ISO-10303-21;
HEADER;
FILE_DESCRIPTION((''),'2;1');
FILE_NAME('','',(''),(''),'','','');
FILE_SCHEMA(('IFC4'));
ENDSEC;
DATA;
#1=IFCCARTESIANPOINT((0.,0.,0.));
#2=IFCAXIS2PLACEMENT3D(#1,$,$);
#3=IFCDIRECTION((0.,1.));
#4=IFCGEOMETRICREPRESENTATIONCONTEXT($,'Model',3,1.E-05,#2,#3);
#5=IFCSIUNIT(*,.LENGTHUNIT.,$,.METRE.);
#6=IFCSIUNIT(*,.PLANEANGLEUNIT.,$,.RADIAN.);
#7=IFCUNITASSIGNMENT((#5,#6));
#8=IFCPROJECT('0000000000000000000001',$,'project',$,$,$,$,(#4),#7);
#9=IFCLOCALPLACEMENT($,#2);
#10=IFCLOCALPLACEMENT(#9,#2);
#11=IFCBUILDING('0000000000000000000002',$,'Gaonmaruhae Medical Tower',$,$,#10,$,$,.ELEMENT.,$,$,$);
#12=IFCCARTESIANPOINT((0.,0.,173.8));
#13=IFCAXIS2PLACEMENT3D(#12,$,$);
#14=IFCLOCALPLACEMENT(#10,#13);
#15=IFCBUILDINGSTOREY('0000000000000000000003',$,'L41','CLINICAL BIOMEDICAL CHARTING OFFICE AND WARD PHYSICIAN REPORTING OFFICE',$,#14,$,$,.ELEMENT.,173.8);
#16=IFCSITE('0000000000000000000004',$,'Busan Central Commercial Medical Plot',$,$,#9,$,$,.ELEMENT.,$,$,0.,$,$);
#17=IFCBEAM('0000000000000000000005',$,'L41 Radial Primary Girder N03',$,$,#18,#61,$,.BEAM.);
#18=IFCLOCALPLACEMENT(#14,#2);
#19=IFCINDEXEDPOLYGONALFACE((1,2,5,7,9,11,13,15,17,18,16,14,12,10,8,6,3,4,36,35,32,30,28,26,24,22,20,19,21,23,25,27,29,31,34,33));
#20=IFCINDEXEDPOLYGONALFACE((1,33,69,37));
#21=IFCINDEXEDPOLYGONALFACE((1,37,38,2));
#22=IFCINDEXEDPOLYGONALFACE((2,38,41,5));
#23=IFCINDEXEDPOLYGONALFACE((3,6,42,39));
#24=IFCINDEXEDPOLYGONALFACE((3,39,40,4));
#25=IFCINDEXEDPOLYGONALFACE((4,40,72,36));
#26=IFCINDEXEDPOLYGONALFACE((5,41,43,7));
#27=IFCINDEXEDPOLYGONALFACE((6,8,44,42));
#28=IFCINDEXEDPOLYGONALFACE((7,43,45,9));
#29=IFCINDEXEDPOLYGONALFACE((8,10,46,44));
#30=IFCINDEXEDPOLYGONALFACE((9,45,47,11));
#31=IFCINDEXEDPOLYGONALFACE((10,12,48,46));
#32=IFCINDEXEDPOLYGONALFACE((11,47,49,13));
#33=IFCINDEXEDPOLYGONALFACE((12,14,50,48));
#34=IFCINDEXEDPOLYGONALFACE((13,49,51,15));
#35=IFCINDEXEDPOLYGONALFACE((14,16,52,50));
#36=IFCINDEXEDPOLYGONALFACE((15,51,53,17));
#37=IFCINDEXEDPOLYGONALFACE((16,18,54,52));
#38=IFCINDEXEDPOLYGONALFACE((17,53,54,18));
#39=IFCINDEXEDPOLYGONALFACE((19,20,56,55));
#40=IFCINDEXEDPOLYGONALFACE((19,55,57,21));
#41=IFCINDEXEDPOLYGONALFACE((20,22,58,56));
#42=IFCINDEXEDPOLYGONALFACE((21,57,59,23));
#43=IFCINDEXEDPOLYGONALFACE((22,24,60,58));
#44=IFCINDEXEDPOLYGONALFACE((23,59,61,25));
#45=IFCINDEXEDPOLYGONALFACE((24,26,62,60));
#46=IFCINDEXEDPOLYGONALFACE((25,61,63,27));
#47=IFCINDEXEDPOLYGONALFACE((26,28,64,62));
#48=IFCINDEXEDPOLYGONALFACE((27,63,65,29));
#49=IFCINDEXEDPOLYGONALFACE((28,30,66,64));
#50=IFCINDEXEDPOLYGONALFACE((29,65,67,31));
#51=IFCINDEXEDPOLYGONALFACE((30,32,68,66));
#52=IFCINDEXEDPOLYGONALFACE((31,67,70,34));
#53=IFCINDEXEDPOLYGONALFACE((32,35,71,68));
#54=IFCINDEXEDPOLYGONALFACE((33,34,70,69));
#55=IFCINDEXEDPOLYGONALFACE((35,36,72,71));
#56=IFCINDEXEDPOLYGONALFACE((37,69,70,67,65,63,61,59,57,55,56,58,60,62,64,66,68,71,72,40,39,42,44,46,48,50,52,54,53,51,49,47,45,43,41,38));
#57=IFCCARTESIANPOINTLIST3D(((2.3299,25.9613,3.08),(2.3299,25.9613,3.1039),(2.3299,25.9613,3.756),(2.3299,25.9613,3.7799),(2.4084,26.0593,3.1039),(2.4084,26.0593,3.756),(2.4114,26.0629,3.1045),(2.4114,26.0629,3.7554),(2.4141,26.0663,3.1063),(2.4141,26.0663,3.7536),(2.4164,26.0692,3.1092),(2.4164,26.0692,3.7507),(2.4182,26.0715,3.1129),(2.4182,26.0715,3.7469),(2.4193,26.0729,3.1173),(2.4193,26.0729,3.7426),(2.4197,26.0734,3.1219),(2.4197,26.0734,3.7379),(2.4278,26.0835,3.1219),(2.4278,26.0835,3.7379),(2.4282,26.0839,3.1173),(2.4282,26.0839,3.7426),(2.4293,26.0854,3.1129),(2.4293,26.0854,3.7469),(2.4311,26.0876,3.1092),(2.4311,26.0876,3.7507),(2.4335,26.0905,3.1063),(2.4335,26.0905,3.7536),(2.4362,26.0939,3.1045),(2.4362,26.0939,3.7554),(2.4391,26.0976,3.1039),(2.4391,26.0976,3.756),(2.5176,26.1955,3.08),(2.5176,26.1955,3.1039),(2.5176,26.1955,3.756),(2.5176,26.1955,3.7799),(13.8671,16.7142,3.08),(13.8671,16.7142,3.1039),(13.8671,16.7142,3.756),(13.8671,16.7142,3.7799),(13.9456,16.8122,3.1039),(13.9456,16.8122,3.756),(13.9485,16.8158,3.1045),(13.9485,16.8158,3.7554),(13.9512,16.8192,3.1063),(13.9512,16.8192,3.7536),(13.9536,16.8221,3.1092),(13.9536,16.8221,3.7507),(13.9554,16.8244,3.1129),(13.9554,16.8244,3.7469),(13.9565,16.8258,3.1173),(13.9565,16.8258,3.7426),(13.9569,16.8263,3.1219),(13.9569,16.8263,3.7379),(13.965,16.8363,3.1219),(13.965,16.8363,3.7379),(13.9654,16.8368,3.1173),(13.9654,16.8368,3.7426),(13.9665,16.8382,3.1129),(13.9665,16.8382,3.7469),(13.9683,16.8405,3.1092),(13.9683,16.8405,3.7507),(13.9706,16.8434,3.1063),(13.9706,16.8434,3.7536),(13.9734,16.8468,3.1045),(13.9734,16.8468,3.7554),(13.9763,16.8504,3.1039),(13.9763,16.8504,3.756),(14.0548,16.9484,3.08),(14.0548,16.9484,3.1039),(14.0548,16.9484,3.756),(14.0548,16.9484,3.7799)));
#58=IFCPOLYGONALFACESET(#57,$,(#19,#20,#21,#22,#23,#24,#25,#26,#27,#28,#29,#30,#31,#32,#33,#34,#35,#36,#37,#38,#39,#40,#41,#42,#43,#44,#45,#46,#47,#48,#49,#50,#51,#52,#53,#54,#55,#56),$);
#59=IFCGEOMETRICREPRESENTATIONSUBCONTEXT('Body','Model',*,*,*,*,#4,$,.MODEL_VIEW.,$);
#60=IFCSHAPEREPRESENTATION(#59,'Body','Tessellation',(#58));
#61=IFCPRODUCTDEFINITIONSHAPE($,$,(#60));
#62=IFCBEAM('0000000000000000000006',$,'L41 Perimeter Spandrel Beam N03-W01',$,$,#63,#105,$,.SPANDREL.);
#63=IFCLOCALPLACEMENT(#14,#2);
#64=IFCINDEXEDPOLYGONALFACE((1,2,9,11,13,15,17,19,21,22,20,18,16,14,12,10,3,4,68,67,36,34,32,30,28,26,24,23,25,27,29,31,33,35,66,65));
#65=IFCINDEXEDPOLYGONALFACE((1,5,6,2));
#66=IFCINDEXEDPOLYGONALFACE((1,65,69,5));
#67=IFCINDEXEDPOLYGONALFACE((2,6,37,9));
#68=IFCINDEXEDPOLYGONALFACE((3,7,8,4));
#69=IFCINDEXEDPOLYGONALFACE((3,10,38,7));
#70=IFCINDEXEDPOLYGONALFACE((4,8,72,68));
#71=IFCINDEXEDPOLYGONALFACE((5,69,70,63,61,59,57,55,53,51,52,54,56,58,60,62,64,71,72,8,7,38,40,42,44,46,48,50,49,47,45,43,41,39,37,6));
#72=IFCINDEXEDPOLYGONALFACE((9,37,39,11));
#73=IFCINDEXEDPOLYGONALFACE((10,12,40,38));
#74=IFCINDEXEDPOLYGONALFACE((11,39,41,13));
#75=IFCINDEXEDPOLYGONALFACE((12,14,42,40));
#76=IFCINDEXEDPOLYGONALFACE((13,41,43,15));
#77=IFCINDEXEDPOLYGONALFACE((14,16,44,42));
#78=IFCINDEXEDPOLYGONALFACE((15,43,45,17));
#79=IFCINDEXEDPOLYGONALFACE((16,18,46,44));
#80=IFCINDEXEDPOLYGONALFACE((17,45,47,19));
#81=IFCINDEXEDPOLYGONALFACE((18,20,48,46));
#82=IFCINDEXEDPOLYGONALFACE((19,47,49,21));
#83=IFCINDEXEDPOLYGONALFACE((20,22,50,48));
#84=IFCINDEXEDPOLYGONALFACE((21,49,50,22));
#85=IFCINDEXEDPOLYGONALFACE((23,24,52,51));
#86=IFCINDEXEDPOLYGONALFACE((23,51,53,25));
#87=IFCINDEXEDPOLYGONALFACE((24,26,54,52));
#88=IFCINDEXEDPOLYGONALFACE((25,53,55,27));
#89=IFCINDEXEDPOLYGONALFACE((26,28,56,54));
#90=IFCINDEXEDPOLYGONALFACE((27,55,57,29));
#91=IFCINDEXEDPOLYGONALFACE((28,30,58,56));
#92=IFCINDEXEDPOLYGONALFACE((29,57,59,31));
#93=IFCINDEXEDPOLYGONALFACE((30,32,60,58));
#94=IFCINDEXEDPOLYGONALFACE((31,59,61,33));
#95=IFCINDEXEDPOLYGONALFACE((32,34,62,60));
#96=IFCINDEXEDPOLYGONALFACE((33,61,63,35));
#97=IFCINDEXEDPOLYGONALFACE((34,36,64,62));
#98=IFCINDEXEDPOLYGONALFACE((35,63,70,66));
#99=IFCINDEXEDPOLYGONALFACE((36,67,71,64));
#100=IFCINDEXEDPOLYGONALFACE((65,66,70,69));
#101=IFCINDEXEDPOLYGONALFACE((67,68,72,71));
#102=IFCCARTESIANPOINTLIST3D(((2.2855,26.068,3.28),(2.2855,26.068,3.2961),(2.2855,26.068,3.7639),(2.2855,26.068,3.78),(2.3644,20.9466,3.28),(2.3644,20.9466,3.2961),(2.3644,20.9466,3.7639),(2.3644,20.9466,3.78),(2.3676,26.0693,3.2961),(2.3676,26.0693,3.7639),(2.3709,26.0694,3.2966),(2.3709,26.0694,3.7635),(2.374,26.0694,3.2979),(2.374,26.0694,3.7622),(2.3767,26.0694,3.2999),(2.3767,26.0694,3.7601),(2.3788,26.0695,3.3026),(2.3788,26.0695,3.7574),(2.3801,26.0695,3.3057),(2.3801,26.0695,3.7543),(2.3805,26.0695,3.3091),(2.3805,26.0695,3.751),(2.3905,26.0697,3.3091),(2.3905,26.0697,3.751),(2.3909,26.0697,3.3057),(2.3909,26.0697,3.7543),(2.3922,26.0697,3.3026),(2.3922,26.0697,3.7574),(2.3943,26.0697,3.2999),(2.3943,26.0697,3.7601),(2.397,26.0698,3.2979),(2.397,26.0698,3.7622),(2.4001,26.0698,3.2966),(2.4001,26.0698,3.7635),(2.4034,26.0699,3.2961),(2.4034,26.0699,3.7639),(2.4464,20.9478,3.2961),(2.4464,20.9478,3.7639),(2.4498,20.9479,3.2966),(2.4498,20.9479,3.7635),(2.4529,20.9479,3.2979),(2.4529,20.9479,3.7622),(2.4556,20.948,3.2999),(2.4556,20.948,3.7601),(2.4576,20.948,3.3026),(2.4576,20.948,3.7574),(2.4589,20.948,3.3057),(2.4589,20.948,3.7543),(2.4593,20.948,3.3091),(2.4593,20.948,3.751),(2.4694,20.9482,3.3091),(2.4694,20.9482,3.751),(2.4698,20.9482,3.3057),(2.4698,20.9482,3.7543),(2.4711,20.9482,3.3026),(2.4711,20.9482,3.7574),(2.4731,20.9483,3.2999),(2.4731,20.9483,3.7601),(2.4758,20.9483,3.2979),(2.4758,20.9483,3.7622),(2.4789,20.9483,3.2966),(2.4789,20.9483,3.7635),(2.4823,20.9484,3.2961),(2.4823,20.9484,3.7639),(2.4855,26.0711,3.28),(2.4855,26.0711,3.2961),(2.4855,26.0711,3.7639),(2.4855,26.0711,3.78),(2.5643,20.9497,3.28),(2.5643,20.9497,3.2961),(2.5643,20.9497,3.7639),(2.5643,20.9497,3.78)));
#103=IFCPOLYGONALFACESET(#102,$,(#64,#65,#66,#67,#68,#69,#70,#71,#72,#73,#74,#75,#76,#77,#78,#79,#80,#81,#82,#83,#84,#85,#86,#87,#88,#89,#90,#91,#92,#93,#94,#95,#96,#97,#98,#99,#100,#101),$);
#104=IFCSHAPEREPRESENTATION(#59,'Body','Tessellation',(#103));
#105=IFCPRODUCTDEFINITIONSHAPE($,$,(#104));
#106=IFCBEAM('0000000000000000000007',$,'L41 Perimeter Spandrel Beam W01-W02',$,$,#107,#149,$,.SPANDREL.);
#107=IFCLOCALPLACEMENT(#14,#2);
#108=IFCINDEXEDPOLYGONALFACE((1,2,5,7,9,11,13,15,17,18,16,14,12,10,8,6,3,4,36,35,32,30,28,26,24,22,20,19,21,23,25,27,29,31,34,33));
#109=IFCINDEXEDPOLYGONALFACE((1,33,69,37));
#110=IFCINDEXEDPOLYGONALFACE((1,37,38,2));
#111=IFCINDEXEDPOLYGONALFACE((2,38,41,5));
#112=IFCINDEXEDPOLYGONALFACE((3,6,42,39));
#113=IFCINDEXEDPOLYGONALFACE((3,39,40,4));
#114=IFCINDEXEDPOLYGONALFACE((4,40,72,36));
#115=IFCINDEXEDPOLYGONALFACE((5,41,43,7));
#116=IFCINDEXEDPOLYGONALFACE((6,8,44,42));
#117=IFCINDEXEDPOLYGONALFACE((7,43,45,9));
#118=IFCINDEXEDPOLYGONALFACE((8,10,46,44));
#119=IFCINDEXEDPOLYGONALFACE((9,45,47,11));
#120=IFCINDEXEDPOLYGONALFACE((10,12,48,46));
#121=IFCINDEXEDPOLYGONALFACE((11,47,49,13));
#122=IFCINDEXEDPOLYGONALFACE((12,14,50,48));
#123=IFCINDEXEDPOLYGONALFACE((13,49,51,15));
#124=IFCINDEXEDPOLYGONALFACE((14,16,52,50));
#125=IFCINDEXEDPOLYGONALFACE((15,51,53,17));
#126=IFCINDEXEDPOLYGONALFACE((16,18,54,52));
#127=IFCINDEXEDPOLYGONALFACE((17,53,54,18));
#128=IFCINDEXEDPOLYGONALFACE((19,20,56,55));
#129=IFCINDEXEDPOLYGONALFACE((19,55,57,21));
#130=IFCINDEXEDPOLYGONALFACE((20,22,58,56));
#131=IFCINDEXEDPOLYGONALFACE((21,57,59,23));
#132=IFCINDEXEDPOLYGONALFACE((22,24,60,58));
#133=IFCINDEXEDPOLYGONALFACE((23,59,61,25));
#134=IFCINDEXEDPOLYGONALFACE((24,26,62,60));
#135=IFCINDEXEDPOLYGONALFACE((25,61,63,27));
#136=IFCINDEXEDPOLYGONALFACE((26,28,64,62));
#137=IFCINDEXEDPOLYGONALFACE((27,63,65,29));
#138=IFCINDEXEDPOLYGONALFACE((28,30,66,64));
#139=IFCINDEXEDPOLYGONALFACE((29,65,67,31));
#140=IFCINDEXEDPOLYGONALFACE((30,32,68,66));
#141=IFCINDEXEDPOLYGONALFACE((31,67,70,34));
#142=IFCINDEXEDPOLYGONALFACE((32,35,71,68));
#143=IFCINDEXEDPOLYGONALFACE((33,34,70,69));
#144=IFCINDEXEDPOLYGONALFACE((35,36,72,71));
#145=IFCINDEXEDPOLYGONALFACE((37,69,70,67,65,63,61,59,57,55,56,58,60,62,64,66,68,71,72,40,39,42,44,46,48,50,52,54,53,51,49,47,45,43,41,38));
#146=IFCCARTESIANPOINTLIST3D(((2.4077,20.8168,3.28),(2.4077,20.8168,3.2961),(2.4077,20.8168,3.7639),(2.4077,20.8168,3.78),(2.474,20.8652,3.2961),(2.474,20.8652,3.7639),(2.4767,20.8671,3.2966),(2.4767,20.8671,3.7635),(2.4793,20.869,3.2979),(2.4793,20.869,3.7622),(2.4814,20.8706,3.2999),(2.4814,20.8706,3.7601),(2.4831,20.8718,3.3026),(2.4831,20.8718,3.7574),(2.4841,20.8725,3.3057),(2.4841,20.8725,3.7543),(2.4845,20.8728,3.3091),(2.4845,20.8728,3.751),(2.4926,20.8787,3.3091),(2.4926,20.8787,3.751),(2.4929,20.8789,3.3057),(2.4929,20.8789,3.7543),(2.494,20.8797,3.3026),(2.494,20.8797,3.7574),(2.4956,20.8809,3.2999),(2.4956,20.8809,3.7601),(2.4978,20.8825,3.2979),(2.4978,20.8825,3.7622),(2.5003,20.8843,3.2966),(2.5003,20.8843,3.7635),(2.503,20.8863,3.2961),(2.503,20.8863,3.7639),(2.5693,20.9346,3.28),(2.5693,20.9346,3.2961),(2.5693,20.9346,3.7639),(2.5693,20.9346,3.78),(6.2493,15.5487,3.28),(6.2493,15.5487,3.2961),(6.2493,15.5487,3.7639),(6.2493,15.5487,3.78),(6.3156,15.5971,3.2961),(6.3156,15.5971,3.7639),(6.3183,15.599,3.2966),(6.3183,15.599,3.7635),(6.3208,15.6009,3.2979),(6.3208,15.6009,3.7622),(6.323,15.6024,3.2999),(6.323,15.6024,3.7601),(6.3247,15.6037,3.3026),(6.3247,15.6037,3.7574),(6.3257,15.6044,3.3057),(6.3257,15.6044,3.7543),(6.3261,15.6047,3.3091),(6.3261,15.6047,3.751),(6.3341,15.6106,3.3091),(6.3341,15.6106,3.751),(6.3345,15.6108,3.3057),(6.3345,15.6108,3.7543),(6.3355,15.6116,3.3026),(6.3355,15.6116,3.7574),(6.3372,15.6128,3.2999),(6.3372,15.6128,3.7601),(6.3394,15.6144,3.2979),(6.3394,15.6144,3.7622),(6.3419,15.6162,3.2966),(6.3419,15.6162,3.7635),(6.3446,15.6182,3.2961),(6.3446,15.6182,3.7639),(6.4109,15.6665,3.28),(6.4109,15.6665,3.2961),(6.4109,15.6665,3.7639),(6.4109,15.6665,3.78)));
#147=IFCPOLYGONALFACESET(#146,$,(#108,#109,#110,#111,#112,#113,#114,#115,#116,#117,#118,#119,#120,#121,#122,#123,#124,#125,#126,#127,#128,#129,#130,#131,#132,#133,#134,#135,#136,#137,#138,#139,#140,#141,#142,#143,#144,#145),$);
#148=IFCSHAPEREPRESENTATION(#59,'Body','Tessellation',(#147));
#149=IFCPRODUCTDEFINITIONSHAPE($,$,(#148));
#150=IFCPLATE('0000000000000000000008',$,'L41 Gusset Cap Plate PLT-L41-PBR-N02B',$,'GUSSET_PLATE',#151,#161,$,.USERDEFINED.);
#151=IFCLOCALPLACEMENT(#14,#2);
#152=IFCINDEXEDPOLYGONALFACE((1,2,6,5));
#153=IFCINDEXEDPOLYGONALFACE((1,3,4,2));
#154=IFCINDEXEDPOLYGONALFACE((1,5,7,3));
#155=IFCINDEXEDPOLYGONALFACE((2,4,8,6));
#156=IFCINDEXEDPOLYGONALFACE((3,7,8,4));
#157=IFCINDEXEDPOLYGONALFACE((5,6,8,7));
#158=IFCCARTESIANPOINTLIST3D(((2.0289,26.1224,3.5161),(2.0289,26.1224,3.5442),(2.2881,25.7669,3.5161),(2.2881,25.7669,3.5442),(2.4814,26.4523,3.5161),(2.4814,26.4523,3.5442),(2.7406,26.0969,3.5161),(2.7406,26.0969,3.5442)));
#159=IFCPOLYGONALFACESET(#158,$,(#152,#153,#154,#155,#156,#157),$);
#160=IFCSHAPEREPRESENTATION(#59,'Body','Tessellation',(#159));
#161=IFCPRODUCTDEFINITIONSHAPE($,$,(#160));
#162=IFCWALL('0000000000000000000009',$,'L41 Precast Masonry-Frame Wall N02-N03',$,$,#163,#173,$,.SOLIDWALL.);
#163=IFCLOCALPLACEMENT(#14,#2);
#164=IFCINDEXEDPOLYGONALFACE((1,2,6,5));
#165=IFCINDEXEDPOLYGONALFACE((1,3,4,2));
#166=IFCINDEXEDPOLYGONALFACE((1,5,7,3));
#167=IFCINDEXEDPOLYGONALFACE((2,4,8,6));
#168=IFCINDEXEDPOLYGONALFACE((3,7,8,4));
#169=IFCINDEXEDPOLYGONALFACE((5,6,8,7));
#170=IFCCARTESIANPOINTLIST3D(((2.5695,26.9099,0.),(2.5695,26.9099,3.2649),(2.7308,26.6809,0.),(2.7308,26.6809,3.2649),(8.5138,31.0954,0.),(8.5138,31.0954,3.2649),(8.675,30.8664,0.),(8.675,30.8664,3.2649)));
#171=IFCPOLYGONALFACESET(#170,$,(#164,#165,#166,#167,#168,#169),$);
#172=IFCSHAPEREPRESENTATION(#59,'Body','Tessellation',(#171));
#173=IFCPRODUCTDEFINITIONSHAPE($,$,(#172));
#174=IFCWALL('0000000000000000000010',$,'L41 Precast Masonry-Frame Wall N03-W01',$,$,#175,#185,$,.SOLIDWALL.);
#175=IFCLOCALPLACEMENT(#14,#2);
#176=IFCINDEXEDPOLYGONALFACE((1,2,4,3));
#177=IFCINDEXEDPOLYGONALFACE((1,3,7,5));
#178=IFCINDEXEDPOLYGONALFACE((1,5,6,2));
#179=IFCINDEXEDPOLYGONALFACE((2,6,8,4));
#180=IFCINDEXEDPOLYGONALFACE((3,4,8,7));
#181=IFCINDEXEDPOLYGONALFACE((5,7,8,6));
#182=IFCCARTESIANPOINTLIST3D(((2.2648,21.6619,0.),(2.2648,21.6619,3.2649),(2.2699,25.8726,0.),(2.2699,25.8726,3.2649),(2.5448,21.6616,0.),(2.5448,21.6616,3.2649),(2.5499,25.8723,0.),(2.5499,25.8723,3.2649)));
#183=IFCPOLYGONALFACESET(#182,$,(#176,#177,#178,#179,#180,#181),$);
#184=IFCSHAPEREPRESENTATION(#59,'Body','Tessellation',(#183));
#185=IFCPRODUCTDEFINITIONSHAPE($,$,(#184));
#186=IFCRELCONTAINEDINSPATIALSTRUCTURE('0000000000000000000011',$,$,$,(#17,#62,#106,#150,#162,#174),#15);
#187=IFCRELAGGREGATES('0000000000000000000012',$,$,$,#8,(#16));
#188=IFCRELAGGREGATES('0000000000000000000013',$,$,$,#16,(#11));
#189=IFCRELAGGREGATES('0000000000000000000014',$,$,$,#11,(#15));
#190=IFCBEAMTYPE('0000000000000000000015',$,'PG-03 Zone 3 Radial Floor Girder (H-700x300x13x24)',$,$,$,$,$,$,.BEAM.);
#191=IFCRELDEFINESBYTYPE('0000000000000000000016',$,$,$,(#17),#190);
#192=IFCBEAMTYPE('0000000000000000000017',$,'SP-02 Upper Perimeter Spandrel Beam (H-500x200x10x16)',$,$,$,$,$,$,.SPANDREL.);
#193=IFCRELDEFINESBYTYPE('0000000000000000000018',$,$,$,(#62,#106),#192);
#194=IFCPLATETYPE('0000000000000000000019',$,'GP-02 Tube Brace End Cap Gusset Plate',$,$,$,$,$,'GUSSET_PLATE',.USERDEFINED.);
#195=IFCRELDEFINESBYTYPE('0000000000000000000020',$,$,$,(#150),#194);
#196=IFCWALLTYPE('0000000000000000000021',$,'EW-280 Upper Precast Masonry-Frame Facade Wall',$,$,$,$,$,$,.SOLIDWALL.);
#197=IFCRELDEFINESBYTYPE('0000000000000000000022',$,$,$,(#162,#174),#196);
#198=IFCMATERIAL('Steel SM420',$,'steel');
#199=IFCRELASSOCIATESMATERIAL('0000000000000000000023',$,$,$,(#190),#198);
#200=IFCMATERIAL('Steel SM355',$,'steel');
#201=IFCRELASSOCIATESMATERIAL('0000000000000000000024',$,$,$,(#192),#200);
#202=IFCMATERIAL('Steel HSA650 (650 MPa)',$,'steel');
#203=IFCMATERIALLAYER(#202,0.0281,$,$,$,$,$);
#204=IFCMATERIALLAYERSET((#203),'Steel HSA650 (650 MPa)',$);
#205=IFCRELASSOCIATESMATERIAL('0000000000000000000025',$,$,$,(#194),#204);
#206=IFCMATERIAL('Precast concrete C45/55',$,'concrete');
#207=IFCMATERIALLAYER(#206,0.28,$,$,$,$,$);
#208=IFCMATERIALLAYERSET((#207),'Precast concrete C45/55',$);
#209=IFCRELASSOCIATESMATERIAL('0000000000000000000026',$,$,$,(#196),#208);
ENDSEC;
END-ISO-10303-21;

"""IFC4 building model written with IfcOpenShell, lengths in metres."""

from ifc_helpers import new_model, si_unit, direction, frame, frame_2d, origin, origin_2d, place, context, subcontext, project, spatial, rectangle, i_section, extrude, material, layer, layer_set, material_profile, profile_set, type_object, element, save


model = new_model("IFC4")

# Units and contexts
model_context = context("Model", 3, precision=1e-05, world=origin(), true_north=direction((0.0, 1.0)))
body_context = subcontext(model_context, "Body", "Model", "MODEL_VIEW")
ifc_project = project(units=[si_unit("LENGTHUNIT", "METRE"), si_unit("PLANEANGLEUNIT", "RADIAN")], contexts=[model_context])

# Site, building, storey
site_placement = place(None, origin())
site = spatial("IfcSite", under=ifc_project, at=site_placement, Name="Busan Central Commercial Medical Plot", CompositionType="ELEMENT", RefElevation=0.0)
building_placement = place(site_placement, origin())
building = spatial("IfcBuilding", under=site, at=building_placement, Name="Gaonmaruhae Medical Tower", CompositionType="ELEMENT")
storey_placement = place(building_placement, frame((0.0, 0.0, 173.8)))
storey = spatial("IfcBuildingStorey", under=building, at=storey_placement, Name="L41", Description="CLINICAL BIOMEDICAL CHARTING OFFICE AND WARD PHYSICIAN REPORTING OFFICE", CompositionType="ELEMENT", Elevation=173.8)

# Beams
ifc_material_1 = material(Name="Steel SM355", Category="steel")
ifc_material_2 = material(Name="Steel SM420", Category="steel")
ifc_material_profile_1 = material_profile(ifc_material_2, i_section(OverallWidth=0.3, OverallDepth=0.7, WebThickness=0.0129, FlangeThickness=0.0239, FilletRadius=0.0181, at=origin_2d()), Name="H-700x300x13x24")
ifc_profile_set_1 = profile_set([ifc_material_profile_1], Name="Steel SM420")
beam_type_1 = type_object("IfcBeamType", Name="PG-03 Zone 3 Radial Floor Girder (H-700x300x13x24)", PredefinedType="BEAM", material=ifc_profile_set_1)
beam_1_placement = place(storey_placement, frame((13.9609, 16.8313, 3.4299), z_axis=(-0.780295, 0.625412, 0.0), x_axis=(-0.625412, -0.780295, 0.0)))
element("IfcBeam", 1, at=beam_1_placement, inside=storey, type_object=beam_type_1, Name="L41 Radial Primary Girder N03", PredefinedType="BEAM", context=body_context, shape_type="SweptSolid", body=[
    extrude(i_section(OverallWidth=0.3, OverallDepth=0.7, WebThickness=0.0129, FlangeThickness=0.0239, FilletRadius=0.0181, at=origin_2d()), origin(), (0.0, 0.0, 1.0), 14.7856),
])
ifc_material_profile_2 = material_profile(ifc_material_1, i_section(OverallWidth=0.2, OverallDepth=0.5, WebThickness=0.01, FlangeThickness=0.0161, FilletRadius=0.0129, at=origin_2d()), Name="H-500x200x10x16")
ifc_profile_set_2 = profile_set([ifc_material_profile_2], Name="Steel SM355")
beam_type_2 = type_object("IfcBeamType", Name="SP-02 Upper Perimeter Spandrel Beam (H-500x200x10x16)", PredefinedType="SPANDREL", material=ifc_profile_set_2)
beam_2_placement = place(storey_placement, frame((2.3855, 26.0696, 3.53), z_axis=(0.015395, -0.999881, 0.0), x_axis=(0.999881, 0.015395, 0.0)))
element("IfcBeam", 2, at=beam_2_placement, inside=storey, type_object=beam_type_2, Name="L41 Perimeter Spandrel Beam N03-W01", PredefinedType="SPANDREL", context=body_context, shape_type="SweptSolid", body=[
    extrude(i_section(OverallWidth=0.2, OverallDepth=0.5, WebThickness=0.01, FlangeThickness=0.0161, FilletRadius=0.0129, at=origin_2d()), origin(), (0.0, 0.0, 1.0), 5.1221),
])
beam_3_placement = place(storey_placement, frame((2.4885, 20.8757, 3.53), z_axis=(0.589198, -0.807989, 0.0), x_axis=(0.807989, 0.589198, 0.0)))
element("IfcBeam", 3, at=beam_3_placement, inside=storey, type_object=beam_type_2, Name="L41 Perimeter Spandrel Beam W01-W02", PredefinedType="SPANDREL", context=body_context, shape_type="SweptSolid", body=[
    extrude(i_section(OverallWidth=0.2, OverallDepth=0.5, WebThickness=0.01, FlangeThickness=0.0161, FilletRadius=0.0129, at=origin_2d()), origin(), (0.0, 0.0, 1.0), 6.52),
])

# Plate
ifc_material_3 = material(Name="Steel HSA650 (650 MPa)", Category="steel")
ifc_layer_1 = layer(ifc_material_3, 0.0281)
ifc_layer_set_1 = layer_set([ifc_layer_1], Name="Steel HSA650 (650 MPa)")
plate_type = type_object("IfcPlateType", Name="GP-02 Tube Brace End Cap Gusset Plate", ElementType="GUSSET_PLATE", PredefinedType="USERDEFINED", material=ifc_layer_set_1)
plate_placement = place(storey_placement, frame((2.3848, 26.1096, 3.5161), z_axis=(0.0, 0.0, 1.0), x_axis=(0.80799, 0.589196, 0.0)))
element("IfcPlate", 4, at=plate_placement, inside=storey, type_object=plate_type, Name="L41 Gusset Cap Plate PLT-L41-PBR-N02B", ObjectType="GUSSET_PLATE", PredefinedType="USERDEFINED", context=body_context, shape_type="SweptSolid", body=[
    extrude(rectangle(XDim=0.5601, YDim=0.4399, at=origin_2d()), origin(), (0.0, 0.0, 1.0), 0.0281),
])

# Walls
ifc_material_4 = material(Name="Precast concrete C45/55", Category="concrete")
ifc_layer_2 = layer(ifc_material_4, 0.28)
ifc_layer_set_2 = layer_set([ifc_layer_2], Name="Precast concrete C45/55")
wall_type_1 = type_object("IfcWallType", Name="EW-280 Upper Precast Masonry-Frame Facade Wall", PredefinedType="SOLIDWALL", material=ifc_layer_set_2)
wall_1_placement = place(storey_placement, frame((2.6501, 26.7954, 0.0), z_axis=(0.0, 0.0, 1.0), x_axis=(0.817645, 0.575723, 0.0)))
element("IfcWall", 5, at=wall_1_placement, inside=storey, type_object=wall_type_1, Name="L41 Precast Masonry-Frame Wall N02-N03", PredefinedType="SOLIDWALL", context=body_context, shape_type="SweptSolid", body=[
    extrude(rectangle(XDim=7.27, YDim=0.28, at=frame_2d((3.635, 0.0))), origin(), (0.0, 0.0, 1.0), 3.2649),
])
wall_2_placement = place(storey_placement, frame((2.4048, 21.6616, 0.0), z_axis=(0.0, 0.0, 1.0), x_axis=(0.001218, 0.999999, 0.0)))
element("IfcWall", 6, at=wall_2_placement, inside=storey, type_object=wall_type_1, Name="L41 Precast Masonry-Frame Wall N03-W01", PredefinedType="SOLIDWALL", context=body_context, shape_type="SweptSolid", body=[
    extrude(rectangle(XDim=4.2107, YDim=0.28, at=frame_2d((2.1055, 0.0))), origin(), (0.0, 0.0, 1.0), 3.2649),
])

save(model, "model.ifc")
